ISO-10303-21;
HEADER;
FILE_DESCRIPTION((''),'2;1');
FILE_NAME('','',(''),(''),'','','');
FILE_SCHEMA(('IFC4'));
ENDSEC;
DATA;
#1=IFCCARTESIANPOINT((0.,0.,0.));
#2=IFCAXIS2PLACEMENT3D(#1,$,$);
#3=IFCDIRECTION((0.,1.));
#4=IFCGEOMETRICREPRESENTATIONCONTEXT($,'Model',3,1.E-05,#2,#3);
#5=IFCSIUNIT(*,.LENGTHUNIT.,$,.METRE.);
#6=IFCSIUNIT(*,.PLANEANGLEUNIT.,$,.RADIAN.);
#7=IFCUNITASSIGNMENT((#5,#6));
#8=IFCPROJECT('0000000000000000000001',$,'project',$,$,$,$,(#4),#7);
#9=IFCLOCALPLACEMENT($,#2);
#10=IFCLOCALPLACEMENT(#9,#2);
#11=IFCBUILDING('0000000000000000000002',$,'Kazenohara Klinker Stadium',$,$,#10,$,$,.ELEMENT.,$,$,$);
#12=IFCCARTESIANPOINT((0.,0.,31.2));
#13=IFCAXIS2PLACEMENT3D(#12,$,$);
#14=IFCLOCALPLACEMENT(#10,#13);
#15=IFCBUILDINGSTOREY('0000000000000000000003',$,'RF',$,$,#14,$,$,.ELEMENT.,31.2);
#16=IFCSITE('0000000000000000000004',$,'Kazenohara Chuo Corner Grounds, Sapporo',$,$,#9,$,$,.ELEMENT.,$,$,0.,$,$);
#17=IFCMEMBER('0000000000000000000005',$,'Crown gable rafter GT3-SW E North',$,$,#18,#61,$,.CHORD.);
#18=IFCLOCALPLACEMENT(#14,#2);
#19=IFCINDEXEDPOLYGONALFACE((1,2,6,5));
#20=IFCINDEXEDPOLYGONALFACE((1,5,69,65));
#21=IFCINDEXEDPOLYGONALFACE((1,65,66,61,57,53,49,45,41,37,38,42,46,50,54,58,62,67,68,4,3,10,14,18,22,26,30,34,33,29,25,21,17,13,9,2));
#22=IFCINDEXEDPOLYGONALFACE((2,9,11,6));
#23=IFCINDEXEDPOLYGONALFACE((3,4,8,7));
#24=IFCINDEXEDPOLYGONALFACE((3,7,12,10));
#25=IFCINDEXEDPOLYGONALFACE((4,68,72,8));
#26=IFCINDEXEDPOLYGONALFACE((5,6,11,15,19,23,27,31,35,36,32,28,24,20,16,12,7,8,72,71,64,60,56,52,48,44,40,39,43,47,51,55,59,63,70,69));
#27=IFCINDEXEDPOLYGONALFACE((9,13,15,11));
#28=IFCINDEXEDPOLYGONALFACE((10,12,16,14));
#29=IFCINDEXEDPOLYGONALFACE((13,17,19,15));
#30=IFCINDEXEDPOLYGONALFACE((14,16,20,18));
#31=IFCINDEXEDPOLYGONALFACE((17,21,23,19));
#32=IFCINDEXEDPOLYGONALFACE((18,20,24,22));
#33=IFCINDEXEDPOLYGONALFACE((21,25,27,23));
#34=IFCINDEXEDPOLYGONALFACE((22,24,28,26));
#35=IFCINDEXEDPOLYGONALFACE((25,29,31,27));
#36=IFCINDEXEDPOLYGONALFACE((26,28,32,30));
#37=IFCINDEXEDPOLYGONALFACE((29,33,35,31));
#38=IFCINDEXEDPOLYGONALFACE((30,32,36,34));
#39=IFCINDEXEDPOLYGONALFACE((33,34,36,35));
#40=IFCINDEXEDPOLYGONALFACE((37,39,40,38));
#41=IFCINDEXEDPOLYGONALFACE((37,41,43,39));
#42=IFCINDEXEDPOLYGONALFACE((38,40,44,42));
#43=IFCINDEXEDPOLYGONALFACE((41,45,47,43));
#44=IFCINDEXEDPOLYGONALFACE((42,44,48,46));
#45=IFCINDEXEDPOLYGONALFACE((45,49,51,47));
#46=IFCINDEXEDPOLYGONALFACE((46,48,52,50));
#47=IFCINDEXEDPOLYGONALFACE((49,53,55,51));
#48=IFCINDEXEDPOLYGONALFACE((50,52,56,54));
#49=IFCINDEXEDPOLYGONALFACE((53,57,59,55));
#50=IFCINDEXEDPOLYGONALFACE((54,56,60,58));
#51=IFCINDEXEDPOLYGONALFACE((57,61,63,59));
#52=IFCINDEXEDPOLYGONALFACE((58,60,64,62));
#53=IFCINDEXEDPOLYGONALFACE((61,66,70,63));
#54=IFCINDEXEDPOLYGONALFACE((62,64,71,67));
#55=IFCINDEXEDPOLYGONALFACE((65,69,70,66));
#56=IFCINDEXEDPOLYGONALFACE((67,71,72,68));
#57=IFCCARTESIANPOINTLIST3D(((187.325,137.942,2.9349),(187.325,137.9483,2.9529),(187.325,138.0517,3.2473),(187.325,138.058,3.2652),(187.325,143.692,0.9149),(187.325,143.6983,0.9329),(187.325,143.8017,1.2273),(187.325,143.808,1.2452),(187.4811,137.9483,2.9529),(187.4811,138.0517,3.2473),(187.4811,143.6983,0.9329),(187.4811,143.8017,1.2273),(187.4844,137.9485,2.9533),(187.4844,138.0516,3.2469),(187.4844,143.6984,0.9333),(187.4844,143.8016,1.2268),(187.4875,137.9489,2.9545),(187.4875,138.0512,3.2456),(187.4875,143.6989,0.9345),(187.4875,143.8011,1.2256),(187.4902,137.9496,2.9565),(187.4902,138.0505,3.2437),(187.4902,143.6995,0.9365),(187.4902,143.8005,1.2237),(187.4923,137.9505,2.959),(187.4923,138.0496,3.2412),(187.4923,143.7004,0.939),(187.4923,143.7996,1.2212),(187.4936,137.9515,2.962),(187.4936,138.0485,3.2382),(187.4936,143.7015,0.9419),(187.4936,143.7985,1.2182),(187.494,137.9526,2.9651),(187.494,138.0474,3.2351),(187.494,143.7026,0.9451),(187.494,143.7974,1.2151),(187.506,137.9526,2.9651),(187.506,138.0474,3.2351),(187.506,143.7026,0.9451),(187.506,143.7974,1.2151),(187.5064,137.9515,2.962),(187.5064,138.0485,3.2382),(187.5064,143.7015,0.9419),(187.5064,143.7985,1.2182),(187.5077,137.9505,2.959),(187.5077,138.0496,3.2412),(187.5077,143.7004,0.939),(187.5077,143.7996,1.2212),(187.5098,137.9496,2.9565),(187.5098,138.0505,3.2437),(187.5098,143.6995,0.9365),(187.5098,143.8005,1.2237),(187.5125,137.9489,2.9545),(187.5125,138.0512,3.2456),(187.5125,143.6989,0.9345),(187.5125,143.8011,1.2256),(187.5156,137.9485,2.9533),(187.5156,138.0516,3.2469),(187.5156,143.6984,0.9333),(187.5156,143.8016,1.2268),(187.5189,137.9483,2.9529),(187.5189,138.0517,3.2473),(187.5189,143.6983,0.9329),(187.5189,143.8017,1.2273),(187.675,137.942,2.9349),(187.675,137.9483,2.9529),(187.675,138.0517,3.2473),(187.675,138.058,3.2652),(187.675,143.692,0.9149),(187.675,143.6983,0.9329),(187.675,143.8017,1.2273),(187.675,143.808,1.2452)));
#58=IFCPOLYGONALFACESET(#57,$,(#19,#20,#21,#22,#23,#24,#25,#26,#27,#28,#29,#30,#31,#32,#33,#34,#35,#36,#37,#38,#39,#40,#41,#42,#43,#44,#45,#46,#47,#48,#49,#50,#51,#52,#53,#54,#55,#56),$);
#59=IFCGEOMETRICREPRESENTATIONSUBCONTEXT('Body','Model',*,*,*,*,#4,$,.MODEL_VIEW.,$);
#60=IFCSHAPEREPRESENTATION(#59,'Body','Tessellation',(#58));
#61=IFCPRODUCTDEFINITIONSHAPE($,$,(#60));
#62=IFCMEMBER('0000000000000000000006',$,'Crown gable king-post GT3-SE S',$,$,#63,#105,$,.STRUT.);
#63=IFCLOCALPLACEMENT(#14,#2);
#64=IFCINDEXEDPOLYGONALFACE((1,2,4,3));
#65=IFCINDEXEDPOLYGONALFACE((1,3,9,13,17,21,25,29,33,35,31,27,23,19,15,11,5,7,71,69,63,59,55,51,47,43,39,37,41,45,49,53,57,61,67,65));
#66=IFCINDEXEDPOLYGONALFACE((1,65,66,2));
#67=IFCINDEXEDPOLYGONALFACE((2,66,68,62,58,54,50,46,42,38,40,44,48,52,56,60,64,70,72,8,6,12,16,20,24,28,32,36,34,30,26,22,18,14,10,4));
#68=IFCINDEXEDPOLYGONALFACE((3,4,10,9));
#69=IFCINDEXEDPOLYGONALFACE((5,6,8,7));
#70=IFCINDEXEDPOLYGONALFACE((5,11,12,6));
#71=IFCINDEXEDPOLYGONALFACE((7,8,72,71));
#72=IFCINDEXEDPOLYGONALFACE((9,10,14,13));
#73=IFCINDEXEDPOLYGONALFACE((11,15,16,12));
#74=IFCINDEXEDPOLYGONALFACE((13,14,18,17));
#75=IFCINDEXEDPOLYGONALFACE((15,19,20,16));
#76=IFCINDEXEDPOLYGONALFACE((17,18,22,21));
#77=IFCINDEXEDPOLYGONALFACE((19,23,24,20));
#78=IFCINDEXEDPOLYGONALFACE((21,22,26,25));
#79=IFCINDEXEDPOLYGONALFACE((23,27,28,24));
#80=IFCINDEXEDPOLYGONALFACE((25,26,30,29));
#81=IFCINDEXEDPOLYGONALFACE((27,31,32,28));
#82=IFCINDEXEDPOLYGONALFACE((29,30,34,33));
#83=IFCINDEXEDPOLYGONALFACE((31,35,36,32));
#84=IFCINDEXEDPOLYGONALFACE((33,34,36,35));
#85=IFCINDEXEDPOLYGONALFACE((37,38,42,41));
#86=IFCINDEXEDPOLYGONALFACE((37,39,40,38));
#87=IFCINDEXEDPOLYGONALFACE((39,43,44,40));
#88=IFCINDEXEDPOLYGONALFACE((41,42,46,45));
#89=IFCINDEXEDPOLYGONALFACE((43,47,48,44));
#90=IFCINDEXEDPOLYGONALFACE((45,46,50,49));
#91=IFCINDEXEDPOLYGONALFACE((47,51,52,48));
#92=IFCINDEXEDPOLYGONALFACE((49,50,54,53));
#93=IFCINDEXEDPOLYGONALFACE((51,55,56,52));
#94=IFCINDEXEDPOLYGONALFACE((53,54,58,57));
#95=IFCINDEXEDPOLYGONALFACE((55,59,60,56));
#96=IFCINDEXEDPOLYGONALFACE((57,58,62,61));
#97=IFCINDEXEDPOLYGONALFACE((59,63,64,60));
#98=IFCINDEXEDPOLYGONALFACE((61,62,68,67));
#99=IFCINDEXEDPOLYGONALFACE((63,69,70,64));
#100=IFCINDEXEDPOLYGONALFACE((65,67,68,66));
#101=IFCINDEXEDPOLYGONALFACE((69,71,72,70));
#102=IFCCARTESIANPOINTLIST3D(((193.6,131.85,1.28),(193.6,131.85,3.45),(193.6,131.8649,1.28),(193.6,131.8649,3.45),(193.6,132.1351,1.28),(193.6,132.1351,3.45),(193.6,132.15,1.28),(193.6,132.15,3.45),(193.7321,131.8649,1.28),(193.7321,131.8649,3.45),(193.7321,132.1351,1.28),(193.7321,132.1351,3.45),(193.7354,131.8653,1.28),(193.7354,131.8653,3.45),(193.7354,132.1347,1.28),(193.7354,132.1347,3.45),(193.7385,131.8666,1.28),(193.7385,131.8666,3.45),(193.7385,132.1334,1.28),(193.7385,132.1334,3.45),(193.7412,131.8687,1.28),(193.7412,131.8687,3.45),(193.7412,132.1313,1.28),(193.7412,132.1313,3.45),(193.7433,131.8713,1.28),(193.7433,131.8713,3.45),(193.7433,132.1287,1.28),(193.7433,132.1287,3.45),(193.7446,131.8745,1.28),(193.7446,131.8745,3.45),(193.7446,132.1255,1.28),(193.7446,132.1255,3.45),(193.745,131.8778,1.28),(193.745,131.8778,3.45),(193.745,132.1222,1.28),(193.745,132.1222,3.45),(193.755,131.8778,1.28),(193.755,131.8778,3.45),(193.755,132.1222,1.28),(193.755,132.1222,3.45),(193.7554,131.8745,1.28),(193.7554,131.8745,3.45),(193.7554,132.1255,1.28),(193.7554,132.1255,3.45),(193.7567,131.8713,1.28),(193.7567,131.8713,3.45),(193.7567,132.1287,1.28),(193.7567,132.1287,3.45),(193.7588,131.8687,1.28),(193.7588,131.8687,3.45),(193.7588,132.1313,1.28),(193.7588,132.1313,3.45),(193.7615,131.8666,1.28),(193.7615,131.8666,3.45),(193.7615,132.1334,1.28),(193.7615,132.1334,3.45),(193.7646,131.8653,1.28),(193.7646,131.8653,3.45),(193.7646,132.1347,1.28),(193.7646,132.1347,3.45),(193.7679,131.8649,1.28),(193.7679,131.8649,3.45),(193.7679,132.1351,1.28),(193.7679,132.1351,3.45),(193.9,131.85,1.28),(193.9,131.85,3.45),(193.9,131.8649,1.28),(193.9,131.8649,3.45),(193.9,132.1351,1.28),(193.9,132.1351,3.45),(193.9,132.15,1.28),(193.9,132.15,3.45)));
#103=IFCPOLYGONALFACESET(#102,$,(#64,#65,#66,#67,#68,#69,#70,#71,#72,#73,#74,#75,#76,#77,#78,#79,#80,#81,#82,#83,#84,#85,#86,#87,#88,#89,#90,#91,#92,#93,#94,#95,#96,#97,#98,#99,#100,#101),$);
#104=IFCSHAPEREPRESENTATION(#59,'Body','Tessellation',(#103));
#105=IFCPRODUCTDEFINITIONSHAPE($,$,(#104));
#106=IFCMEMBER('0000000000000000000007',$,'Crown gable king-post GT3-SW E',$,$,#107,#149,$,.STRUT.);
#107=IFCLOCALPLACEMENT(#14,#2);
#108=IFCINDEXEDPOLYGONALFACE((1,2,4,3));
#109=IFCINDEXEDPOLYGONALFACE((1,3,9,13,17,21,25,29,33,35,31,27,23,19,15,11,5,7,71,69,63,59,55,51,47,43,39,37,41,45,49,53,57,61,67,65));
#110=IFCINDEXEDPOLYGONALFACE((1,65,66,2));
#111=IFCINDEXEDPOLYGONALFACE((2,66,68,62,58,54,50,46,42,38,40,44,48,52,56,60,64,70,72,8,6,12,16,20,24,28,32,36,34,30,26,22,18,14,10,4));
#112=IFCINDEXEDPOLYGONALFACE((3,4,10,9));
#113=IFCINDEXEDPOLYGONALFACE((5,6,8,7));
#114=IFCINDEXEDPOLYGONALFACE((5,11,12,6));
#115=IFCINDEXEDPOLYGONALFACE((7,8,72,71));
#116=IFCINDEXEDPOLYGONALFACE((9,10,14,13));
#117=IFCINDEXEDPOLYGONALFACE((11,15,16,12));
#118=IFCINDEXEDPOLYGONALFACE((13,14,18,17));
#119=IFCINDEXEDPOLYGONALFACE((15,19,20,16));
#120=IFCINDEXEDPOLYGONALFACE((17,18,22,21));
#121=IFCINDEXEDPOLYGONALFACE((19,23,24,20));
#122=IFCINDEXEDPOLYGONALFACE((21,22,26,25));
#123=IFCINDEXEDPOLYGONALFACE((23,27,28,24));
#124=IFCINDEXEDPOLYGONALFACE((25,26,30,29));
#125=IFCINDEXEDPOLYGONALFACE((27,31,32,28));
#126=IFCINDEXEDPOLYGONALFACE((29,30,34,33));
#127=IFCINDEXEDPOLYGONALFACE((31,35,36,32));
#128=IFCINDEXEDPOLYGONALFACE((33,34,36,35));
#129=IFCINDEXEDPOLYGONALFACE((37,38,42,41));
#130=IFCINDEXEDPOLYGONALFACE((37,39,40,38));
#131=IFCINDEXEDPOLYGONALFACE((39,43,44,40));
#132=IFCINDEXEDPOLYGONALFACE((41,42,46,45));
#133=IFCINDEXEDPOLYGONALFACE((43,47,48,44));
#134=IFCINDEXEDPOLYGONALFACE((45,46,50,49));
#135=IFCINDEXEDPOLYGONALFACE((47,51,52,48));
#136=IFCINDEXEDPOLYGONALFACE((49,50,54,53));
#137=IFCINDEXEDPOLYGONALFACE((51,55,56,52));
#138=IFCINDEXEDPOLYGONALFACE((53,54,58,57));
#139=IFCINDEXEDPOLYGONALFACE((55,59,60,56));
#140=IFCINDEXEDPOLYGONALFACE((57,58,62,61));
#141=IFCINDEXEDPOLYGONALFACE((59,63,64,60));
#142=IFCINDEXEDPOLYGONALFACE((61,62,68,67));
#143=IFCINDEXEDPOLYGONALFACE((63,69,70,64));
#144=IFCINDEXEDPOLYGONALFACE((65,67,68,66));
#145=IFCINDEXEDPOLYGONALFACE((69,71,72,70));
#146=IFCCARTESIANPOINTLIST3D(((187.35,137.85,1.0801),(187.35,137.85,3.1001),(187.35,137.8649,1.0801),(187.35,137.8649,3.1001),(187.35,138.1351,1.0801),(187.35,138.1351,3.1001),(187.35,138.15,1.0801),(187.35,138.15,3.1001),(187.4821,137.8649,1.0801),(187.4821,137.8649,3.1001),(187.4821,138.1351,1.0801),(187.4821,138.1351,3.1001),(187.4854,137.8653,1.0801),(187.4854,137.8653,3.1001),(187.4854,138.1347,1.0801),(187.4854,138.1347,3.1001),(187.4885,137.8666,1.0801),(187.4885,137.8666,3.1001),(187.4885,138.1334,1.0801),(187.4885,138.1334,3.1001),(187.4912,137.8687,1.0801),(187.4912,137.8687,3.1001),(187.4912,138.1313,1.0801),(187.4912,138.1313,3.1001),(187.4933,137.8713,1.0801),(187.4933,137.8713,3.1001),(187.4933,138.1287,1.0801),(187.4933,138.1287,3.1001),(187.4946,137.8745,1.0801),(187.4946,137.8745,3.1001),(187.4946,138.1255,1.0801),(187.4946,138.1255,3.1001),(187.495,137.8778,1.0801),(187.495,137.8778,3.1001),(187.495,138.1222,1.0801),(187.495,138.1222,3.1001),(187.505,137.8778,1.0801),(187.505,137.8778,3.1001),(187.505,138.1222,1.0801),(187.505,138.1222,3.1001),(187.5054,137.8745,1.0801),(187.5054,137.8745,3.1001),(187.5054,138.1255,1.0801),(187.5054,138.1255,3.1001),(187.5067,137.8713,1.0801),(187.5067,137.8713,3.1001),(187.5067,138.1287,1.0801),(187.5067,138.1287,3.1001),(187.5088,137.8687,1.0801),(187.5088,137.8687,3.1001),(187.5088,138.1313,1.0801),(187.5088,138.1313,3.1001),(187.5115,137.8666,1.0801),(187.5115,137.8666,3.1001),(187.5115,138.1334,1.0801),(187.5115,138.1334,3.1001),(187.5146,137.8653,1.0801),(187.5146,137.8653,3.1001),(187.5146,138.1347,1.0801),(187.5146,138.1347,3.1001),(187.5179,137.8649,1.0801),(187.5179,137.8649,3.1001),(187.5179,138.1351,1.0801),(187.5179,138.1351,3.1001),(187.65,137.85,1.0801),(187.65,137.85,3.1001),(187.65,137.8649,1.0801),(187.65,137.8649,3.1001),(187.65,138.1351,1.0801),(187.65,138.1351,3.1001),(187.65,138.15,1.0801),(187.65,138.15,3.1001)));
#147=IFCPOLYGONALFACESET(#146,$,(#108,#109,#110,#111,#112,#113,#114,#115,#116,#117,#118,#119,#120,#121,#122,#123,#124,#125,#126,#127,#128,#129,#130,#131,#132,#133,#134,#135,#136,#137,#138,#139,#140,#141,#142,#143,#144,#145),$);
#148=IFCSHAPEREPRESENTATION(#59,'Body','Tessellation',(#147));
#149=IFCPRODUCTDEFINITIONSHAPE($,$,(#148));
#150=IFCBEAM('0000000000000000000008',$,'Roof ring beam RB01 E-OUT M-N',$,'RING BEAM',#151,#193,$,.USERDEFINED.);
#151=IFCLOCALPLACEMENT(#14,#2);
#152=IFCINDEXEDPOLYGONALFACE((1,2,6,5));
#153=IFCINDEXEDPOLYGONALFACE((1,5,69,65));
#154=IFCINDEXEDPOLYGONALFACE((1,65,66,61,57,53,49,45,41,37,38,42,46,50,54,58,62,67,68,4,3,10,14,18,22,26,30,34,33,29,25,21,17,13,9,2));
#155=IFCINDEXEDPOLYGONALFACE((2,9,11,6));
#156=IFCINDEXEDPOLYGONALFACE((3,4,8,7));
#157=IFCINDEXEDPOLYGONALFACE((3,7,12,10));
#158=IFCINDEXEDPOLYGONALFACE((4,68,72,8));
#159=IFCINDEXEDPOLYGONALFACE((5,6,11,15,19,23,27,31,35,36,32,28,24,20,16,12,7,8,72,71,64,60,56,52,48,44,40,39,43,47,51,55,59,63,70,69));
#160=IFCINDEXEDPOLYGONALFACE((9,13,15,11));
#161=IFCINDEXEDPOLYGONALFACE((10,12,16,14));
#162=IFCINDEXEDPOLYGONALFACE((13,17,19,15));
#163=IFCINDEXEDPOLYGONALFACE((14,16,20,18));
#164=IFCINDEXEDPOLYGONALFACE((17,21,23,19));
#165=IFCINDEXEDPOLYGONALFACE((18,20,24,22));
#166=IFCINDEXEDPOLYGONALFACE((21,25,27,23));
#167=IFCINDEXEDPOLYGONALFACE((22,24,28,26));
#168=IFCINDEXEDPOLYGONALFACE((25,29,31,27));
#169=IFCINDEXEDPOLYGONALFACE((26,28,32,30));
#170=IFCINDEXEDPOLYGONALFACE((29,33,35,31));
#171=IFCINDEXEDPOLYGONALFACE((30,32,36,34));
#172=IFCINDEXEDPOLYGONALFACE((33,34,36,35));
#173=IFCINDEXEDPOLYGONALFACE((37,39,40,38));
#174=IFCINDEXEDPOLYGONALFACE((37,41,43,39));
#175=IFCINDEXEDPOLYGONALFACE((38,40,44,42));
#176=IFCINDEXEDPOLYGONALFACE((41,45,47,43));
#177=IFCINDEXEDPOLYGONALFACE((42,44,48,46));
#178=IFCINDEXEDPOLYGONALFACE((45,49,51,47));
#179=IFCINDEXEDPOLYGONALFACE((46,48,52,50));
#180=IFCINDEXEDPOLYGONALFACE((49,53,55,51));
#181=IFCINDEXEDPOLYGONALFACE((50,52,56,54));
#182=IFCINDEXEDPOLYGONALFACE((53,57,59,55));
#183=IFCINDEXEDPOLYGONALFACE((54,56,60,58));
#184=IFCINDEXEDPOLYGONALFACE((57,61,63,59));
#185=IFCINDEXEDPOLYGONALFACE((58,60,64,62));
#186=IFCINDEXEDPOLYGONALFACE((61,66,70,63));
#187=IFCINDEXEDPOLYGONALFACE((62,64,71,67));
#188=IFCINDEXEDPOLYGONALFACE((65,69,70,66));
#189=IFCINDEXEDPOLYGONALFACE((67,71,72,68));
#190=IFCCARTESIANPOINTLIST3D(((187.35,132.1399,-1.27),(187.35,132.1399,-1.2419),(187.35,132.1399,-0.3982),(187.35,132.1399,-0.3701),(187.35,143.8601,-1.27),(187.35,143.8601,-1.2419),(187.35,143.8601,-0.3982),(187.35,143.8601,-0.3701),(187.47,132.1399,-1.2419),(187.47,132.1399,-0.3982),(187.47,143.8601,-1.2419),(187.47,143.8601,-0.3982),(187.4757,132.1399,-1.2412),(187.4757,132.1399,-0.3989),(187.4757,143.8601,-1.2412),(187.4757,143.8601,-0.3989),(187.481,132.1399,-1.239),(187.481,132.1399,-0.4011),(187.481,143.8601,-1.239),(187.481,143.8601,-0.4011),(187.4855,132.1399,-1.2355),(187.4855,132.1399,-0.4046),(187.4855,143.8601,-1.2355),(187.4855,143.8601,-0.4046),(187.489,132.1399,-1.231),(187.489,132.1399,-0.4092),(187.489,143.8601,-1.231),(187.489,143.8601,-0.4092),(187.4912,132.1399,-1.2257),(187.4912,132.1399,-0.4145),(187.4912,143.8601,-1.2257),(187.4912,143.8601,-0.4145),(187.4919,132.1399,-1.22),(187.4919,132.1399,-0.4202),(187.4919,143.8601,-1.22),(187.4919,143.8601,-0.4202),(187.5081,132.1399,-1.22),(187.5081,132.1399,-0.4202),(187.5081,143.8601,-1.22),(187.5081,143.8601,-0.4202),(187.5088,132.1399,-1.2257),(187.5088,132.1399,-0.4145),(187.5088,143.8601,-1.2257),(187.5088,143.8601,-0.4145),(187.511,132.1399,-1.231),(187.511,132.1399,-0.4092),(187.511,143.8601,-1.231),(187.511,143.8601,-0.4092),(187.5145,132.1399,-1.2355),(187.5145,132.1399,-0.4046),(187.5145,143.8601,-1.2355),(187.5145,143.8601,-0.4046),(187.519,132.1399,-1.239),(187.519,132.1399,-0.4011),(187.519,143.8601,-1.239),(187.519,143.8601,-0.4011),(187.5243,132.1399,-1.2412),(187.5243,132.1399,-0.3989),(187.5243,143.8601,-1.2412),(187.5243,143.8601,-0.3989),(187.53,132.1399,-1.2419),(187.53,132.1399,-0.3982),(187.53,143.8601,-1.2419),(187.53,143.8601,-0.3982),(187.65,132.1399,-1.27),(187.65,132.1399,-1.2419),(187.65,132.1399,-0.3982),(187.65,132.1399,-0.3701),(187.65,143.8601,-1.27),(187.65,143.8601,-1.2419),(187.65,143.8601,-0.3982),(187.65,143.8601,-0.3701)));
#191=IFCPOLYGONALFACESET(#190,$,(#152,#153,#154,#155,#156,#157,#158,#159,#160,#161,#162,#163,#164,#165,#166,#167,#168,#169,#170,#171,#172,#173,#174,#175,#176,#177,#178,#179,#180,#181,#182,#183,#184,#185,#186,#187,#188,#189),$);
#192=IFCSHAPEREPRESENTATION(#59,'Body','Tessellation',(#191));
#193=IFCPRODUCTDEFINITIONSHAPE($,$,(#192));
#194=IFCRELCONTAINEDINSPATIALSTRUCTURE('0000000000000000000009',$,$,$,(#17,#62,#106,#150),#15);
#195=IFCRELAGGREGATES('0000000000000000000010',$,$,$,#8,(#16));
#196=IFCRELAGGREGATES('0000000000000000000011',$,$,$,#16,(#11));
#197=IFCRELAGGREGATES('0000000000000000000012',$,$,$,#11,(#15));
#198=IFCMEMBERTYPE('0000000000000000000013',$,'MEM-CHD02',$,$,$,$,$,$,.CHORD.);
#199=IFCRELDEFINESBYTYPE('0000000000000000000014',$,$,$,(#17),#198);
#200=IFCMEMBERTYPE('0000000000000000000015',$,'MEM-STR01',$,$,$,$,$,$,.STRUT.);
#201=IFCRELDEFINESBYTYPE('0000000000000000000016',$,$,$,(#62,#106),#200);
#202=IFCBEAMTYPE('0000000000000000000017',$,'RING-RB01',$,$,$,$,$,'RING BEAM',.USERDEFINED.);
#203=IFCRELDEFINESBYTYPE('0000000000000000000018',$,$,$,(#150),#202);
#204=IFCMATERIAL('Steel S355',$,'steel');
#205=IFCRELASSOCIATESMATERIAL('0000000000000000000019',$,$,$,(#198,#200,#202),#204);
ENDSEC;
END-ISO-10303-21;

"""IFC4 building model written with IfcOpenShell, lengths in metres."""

from ifc_helpers import new_model, si_unit, direction, frame, origin, origin_2d, place, context, subcontext, project, spatial, i_section, extrude, material, material_profile, profile_set, type_object, element, save


model = new_model("IFC4")

# Units and contexts
model_context = context("Model", 3, precision=1e-05, world=origin(), true_north=direction((0.0, 1.0)))
body_context = subcontext(model_context, "Body", "Model", "MODEL_VIEW")
ifc_project = project(units=[si_unit("LENGTHUNIT", "METRE"), si_unit("PLANEANGLEUNIT", "RADIAN")], contexts=[model_context])

# Site, building, storey
site_placement = place(None, origin())
site = spatial("IfcSite", under=ifc_project, at=site_placement, Name="Kazenohara Chuo Corner Grounds, Sapporo", CompositionType="ELEMENT", RefElevation=0.0)
building_placement = place(site_placement, origin())
building = spatial("IfcBuilding", under=site, at=building_placement, Name="Kazenohara Klinker Stadium", CompositionType="ELEMENT")
storey_placement = place(building_placement, frame((0.0, 0.0, 31.2)))
storey = spatial("IfcBuildingStorey", under=building, at=storey_placement, Name="RF", CompositionType="ELEMENT", Elevation=31.2)

# Members
ifc_material_1 = material(Name="Steel S355", Category="steel")
ifc_material_profile_1 = material_profile(ifc_material_1, i_section(OverallWidth=0.3501, OverallDepth=0.3501, WebThickness=0.012, FlangeThickness=0.019, FilletRadius=0.0129, at=origin_2d()), Name="H-350x350x12x19")
ifc_profile_set_1 = profile_set([ifc_material_profile_1], Name="Steel S355")
member_type_1 = type_object("IfcMemberType", Name="MEM-CHD02", PredefinedType="CHORD", material=ifc_profile_set_1)
for number, where, z_axis, x_axis, name in (
    (1, (187.5, 143.75, 1.0801), (0.0, -0.943473, 0.331449), (1.0, 0.0, 0.0), "Crown gable rafter GT3-SW E North"),
):
    element("IfcMember", number, at=place(storey_placement, frame(where, z_axis=z_axis, x_axis=x_axis)), inside=storey, type_object=member_type_1, Name=name, PredefinedType="CHORD", context=body_context, shape_type="SweptSolid", body=[
        extrude(i_section(OverallWidth=0.3501, OverallDepth=0.3501, WebThickness=0.012, FlangeThickness=0.019, FilletRadius=0.0129, at=origin_2d()), origin(), (0.0, 0.0, 1.0), 6.0945),
    ])
ifc_material_profile_2 = material_profile(ifc_material_1, i_section(OverallWidth=0.3, OverallDepth=0.3, WebThickness=0.01, FlangeThickness=0.0149, FilletRadius=0.0129, at=origin_2d()), Name="H-300x300x10x15")
ifc_profile_set_2 = profile_set([ifc_material_profile_2], Name="Steel S355")
member_type_2 = type_object("IfcMemberType", Name="MEM-STR01", PredefinedType="STRUT", material=ifc_profile_set_2)
member_1_placement = place(storey_placement, frame((193.75, 132.0, 1.28), z_axis=(0.0, 0.0, 1.0), x_axis=(1.0, 0.0, 0.0)))
element("IfcMember", 2, at=member_1_placement, inside=storey, type_object=member_type_2, Name="Crown gable king-post GT3-SE S", PredefinedType="STRUT", context=body_context, shape_type="SweptSolid", body=[
    extrude(i_section(OverallWidth=0.3, OverallDepth=0.3, WebThickness=0.01, FlangeThickness=0.0149, FilletRadius=0.0129, at=origin_2d()), origin(), (0.0, 0.0, 1.0), 2.1699),
])
member_2_placement = place(storey_placement, frame((187.5, 138.0, 1.0801), z_axis=(0.0, 0.0, 1.0), x_axis=(1.0, 0.0, 0.0)))
element("IfcMember", 3, at=member_2_placement, inside=storey, type_object=member_type_2, Name="Crown gable king-post GT3-SW E", PredefinedType="STRUT", context=body_context, shape_type="SweptSolid", body=[
    extrude(i_section(OverallWidth=0.3, OverallDepth=0.3, WebThickness=0.01, FlangeThickness=0.0149, FilletRadius=0.0129, at=origin_2d()), origin(), (0.0, 0.0, 1.0), 2.02),
])

# Beam
ifc_material_profile_3 = material_profile(ifc_material_1, i_section(OverallWidth=0.3, OverallDepth=0.8999, WebThickness=0.0161, FlangeThickness=0.0281, FilletRadius=0.022, at=origin_2d()), Name="H-900x300x16x28")
ifc_profile_set_3 = profile_set([ifc_material_profile_3], Name="Steel S355")
beam_type_1 = type_object("IfcBeamType", Name="RING-RB01", ElementType="RING BEAM", PredefinedType="USERDEFINED", material=ifc_profile_set_3)
beam_placement = place(storey_placement, frame((187.5, 132.1399, -0.8201), z_axis=(0.0, 1.0, 0.0), x_axis=(-1.0, 0.0, 0.0)))
element("IfcBeam", 4, at=beam_placement, inside=storey, type_object=beam_type_1, Name="Roof ring beam RB01 E-OUT M-N", ObjectType="RING BEAM", PredefinedType="USERDEFINED", context=body_context, shape_type="SweptSolid", body=[
    extrude(i_section(OverallWidth=0.3, OverallDepth=0.8999, WebThickness=0.0161, FlangeThickness=0.0281, FilletRadius=0.022, at=origin_2d()), origin(), (0.0, 0.0, 1.0), 11.7202),
])

save(model, "model.ifc")
